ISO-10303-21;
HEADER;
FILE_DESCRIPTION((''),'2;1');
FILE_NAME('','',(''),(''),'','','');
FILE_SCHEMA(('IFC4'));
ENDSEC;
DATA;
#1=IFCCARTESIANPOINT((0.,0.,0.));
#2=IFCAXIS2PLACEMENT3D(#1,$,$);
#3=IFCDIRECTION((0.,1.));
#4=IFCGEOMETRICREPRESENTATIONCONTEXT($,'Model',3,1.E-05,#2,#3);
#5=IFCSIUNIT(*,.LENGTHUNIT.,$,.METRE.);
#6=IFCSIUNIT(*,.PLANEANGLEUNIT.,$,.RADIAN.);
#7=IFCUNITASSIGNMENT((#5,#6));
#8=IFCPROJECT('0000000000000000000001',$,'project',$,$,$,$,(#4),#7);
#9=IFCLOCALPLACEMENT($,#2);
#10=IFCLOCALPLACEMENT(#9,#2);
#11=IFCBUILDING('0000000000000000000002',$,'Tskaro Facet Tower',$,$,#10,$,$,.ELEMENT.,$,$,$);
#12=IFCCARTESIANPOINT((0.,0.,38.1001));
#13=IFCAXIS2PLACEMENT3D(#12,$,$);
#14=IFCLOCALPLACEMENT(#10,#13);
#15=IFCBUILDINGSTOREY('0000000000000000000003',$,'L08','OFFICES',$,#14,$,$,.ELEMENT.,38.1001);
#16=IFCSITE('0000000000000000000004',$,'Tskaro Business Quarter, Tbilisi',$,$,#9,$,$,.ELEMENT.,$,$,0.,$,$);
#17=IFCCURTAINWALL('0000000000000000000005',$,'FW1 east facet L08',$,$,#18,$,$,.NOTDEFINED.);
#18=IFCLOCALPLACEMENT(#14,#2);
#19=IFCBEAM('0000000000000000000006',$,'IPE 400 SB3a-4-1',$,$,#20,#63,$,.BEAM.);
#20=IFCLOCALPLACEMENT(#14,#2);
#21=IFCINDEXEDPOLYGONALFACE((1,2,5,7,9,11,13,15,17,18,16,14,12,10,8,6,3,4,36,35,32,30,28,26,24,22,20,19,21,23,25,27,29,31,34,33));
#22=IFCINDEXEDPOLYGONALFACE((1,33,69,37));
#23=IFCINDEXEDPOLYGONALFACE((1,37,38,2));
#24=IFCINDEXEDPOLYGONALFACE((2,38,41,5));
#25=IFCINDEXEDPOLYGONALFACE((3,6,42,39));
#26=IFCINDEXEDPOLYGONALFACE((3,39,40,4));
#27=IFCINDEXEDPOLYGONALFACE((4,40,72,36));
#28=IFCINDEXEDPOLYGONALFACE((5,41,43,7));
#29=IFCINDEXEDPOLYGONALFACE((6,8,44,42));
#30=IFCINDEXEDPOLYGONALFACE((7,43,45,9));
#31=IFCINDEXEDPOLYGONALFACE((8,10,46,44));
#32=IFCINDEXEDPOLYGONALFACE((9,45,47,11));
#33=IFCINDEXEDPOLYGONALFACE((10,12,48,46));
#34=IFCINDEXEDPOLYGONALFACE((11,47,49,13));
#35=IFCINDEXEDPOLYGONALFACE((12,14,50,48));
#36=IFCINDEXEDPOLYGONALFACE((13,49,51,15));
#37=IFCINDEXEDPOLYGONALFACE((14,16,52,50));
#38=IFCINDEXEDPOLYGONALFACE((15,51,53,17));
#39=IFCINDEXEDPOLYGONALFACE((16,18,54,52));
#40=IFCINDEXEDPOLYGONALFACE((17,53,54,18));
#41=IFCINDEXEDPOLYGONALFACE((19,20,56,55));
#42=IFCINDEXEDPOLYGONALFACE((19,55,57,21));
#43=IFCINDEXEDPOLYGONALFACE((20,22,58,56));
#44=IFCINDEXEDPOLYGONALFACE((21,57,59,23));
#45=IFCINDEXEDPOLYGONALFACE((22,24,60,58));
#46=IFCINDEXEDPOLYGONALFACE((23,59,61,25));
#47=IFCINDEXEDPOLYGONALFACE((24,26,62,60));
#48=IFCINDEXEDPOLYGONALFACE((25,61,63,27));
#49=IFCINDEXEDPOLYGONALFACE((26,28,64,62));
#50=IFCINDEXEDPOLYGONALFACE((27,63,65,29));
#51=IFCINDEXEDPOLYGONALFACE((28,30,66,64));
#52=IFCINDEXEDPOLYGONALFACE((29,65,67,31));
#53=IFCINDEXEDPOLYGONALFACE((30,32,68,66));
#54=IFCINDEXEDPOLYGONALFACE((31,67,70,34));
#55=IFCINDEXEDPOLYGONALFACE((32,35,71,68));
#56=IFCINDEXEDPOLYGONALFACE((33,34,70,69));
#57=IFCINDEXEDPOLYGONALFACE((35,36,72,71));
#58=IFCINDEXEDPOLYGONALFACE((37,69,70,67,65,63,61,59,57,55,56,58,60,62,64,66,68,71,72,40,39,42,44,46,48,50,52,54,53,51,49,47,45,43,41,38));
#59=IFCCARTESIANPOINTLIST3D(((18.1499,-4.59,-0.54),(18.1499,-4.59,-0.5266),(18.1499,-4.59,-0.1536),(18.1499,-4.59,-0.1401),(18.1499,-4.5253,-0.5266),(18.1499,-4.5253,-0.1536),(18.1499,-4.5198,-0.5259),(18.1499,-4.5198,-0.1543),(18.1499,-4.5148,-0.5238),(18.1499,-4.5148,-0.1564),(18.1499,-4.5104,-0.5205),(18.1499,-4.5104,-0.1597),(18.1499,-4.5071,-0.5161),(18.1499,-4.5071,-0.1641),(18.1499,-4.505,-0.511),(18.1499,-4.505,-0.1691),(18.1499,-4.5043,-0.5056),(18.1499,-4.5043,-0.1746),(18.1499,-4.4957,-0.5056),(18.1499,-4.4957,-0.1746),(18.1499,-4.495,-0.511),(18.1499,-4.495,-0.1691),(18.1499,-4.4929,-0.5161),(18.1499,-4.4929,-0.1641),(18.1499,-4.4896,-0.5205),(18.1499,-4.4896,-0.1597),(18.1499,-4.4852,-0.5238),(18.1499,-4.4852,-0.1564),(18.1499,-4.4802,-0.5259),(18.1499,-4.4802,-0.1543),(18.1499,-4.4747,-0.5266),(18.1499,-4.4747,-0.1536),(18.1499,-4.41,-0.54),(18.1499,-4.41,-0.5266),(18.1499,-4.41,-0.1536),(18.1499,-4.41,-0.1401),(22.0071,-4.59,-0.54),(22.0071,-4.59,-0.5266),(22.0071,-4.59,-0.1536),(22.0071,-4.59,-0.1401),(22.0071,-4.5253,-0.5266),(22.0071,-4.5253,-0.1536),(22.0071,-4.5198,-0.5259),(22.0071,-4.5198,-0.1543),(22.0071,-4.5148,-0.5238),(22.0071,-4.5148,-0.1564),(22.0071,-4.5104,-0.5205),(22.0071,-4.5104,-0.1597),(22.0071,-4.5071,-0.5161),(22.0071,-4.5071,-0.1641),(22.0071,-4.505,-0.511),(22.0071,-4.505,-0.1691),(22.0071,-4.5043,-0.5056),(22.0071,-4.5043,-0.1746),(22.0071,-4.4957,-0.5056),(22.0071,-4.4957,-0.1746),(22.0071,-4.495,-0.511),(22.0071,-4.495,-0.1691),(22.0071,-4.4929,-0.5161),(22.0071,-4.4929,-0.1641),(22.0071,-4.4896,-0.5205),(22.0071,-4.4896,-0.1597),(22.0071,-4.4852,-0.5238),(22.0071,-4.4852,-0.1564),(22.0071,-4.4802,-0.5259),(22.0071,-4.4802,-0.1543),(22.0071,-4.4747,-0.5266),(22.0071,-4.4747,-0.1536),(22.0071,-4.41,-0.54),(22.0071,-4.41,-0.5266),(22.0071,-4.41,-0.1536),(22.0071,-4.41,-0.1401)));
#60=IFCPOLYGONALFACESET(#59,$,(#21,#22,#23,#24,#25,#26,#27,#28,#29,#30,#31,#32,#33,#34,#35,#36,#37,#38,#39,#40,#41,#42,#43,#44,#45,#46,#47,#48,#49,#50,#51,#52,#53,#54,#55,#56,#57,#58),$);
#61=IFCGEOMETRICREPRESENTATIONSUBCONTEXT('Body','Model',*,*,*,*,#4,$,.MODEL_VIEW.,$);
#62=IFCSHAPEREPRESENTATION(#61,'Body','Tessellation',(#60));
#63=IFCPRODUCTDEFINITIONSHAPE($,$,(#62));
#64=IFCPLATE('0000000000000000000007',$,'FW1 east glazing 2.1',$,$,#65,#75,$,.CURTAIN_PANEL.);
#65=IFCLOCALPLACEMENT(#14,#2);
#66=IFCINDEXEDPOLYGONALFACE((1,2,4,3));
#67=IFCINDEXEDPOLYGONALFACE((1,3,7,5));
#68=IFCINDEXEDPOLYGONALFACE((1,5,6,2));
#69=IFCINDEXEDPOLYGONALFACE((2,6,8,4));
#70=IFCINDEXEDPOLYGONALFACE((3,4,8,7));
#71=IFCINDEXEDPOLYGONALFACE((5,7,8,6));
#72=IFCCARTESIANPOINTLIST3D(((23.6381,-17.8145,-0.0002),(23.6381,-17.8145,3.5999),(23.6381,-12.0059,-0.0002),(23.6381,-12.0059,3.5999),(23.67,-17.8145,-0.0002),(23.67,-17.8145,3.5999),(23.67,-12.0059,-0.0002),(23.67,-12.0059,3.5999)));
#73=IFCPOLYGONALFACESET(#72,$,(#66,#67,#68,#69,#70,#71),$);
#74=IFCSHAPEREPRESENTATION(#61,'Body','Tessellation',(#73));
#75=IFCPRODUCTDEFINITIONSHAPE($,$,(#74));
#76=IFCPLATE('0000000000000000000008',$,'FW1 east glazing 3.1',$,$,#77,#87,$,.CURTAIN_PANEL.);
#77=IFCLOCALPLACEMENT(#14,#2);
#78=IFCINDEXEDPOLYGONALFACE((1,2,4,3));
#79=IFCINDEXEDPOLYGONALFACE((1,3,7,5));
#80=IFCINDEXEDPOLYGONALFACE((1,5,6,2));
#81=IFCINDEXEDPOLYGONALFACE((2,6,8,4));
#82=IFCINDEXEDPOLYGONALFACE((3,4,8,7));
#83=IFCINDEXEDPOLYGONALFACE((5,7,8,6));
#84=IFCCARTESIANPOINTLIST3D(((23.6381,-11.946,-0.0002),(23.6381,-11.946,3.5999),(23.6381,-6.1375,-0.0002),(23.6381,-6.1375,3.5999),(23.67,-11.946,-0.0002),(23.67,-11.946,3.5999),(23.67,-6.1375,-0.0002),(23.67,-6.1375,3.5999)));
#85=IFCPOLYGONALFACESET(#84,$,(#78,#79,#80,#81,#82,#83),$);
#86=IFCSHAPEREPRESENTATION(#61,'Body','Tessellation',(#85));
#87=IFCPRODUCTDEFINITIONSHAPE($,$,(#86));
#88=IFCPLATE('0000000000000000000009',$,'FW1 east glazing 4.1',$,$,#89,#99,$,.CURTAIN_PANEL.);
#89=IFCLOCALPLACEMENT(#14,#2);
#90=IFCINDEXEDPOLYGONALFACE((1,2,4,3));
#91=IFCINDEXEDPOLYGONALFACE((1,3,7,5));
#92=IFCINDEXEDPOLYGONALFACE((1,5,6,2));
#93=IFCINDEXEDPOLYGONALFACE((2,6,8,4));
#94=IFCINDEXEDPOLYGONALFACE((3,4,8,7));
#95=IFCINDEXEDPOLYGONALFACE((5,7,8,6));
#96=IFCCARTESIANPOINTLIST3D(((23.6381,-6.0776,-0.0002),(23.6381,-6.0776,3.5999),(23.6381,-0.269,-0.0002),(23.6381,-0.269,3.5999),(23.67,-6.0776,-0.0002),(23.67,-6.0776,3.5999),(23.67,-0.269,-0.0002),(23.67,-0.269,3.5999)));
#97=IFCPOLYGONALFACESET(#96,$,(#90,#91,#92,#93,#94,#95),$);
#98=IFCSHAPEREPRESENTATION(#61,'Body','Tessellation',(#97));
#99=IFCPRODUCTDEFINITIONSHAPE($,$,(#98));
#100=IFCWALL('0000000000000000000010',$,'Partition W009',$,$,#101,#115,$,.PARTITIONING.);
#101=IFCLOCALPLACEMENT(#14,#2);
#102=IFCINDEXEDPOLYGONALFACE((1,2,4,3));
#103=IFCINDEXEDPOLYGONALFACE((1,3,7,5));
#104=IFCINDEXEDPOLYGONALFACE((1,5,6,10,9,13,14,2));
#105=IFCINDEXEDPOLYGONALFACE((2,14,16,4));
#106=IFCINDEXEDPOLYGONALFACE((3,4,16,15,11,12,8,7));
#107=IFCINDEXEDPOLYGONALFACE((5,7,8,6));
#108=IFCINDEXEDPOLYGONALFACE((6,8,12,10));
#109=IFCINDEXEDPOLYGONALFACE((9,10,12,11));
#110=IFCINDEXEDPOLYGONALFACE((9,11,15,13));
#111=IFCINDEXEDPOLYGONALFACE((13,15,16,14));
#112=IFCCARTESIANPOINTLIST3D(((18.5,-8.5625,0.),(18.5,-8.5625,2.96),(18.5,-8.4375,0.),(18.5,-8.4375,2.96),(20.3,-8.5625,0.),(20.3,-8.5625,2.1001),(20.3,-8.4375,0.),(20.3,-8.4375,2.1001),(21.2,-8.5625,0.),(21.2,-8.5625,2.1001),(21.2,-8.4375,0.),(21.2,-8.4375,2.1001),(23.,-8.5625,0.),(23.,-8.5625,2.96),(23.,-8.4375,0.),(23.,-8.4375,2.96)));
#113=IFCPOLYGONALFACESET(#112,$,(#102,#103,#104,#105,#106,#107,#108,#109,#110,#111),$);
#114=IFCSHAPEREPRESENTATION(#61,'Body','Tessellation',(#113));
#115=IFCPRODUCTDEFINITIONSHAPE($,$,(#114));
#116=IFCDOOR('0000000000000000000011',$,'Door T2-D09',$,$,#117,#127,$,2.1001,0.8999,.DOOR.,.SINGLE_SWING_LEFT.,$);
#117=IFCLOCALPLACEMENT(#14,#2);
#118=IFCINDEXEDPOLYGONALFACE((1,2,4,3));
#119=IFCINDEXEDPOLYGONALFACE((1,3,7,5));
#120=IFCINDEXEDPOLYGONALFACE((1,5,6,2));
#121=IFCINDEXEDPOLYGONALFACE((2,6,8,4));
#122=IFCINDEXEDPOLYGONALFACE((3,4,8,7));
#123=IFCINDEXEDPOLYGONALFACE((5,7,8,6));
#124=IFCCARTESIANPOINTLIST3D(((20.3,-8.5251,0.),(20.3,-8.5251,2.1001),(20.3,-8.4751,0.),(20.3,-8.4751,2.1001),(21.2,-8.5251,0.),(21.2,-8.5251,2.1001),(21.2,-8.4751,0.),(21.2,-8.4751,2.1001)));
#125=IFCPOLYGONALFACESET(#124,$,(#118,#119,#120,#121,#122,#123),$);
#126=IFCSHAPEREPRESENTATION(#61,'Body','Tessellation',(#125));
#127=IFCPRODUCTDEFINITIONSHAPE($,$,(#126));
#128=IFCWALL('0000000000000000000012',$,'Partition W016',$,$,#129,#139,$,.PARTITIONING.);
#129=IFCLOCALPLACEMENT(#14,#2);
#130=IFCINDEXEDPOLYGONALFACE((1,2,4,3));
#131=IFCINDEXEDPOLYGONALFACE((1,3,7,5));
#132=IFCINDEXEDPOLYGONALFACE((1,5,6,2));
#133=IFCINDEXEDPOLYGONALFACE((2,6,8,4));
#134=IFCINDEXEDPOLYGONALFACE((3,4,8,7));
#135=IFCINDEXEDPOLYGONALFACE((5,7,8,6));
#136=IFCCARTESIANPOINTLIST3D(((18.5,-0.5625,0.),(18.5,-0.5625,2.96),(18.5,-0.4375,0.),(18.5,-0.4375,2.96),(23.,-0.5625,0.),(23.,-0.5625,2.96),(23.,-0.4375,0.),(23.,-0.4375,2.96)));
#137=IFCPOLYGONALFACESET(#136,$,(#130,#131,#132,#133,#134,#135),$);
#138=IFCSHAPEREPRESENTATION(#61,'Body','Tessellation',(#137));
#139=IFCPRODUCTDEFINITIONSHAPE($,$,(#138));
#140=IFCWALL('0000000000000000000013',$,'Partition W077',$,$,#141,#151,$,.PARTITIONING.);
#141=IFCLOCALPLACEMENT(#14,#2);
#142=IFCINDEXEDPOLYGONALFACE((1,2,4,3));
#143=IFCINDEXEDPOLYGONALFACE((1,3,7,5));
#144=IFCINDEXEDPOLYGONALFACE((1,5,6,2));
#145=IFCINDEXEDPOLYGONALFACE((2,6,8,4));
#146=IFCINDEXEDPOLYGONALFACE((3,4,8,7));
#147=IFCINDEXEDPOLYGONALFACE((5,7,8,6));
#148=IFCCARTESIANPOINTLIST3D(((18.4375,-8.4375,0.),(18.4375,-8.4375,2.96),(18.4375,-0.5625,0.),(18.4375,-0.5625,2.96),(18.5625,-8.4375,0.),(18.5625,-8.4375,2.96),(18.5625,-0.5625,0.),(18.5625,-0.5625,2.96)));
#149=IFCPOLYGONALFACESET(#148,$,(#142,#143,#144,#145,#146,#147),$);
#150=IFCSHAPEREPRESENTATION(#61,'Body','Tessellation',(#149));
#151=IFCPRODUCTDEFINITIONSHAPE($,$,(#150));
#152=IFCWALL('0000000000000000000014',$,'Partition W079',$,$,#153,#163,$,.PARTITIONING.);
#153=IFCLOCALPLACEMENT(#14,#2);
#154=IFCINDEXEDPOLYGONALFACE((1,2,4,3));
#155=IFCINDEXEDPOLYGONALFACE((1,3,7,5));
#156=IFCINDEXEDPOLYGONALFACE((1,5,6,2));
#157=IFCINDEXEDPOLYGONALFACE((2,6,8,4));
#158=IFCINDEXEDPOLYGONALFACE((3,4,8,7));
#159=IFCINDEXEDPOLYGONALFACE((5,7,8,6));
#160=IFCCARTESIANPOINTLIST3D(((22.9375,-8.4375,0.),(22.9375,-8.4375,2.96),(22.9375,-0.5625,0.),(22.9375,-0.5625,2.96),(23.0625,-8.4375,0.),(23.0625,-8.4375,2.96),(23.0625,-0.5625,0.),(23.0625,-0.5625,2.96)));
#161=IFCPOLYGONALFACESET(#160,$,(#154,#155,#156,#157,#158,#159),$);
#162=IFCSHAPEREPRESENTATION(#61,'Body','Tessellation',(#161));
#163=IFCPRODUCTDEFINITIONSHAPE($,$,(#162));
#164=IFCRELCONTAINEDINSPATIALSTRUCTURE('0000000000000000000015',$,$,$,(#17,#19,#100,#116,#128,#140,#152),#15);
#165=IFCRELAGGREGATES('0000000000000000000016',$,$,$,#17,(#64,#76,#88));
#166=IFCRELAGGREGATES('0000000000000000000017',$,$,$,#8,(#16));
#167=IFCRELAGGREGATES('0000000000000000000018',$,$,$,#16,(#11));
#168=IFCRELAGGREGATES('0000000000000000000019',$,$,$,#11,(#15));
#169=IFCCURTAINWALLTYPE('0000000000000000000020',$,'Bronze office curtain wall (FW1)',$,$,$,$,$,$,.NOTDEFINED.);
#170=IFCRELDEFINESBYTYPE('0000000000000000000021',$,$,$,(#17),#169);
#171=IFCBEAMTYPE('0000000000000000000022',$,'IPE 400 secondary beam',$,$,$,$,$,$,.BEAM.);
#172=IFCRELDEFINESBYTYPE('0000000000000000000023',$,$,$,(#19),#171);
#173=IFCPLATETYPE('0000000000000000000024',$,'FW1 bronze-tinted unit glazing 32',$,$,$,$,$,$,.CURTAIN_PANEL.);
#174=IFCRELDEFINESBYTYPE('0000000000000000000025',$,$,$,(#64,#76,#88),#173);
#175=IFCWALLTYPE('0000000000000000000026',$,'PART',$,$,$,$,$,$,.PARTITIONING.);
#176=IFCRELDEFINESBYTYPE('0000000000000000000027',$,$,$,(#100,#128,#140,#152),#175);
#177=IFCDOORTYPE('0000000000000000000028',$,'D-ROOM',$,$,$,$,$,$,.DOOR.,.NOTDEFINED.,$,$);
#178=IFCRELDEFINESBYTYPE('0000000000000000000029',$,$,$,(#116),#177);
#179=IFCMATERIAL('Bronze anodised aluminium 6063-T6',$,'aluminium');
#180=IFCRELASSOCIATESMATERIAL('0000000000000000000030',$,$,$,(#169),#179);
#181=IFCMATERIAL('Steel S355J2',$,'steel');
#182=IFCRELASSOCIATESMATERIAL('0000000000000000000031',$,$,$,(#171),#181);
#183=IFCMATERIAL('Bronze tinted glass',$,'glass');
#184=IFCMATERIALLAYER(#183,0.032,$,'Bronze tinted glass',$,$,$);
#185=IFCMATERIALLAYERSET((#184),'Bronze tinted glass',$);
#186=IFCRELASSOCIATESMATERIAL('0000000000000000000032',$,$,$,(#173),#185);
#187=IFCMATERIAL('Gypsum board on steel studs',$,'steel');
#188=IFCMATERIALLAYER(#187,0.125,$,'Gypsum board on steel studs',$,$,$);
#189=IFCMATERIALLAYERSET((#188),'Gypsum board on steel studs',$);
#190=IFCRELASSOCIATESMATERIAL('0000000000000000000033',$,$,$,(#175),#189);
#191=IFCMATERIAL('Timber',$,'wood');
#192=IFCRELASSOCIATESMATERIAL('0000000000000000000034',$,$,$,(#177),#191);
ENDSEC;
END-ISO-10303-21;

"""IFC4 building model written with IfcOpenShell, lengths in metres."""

from ifc_helpers import new_model, si_unit, direction, frame, frame_2d, origin, origin_2d, place, context, subcontext, project, spatial, rectangle, i_section, extrude, material, layer, layer_set, material_profile, profile_set, type_object, element, fill, aggregate, save


model = new_model("IFC4")

# Units and contexts
model_context = context("Model", 3, precision=1e-05, world=origin(), true_north=direction((0.0, 1.0)))
body_context = subcontext(model_context, "Body", "Model", "MODEL_VIEW")
ifc_project = project(units=[si_unit("LENGTHUNIT", "METRE"), si_unit("PLANEANGLEUNIT", "RADIAN")], contexts=[model_context])

# Site, building, storey
site_placement = place(None, origin())
site = spatial("IfcSite", under=ifc_project, at=site_placement, Name="Tskaro Business Quarter, Tbilisi", CompositionType="ELEMENT", RefElevation=0.0)
building_placement = place(site_placement, origin())
building = spatial("IfcBuilding", under=site, at=building_placement, Name="Tskaro Facet Tower", CompositionType="ELEMENT")
storey_placement = place(building_placement, frame((0.0, 0.0, 38.1001)))
storey = spatial("IfcBuildingStorey", under=building, at=storey_placement, Name="L08", Description="OFFICES", CompositionType="ELEMENT", Elevation=38.1001)

# Curtain wall
ifc_material_1 = material(Name="Bronze anodised aluminium 6063-T6", Category="aluminium")
curtain_wall_type = type_object("IfcCurtainWallType", Name="Bronze office curtain wall (FW1)", PredefinedType="NOTDEFINED", material=ifc_material_1)
curtain_wall_placement = place(storey_placement, origin())
curtain_wall = element("IfcCurtainWall", 1, at=curtain_wall_placement, inside=storey, type_object=curtain_wall_type, Name="FW1 east facet L08", PredefinedType="NOTDEFINED")

# Beam
ifc_material_2 = material(Name="Steel S355J2", Category="steel")
ifc_material_profile_1 = material_profile(ifc_material_2, i_section(OverallWidth=0.1799, OverallDepth=0.3999, WebThickness=0.0085, FlangeThickness=0.0134, FilletRadius=0.021, at=origin_2d()), Name="IPE 400")
ifc_profile_set_1 = profile_set([ifc_material_profile_1], Name="Steel S355J2")
beam_type_1 = type_object("IfcBeamType", Name="IPE 400 secondary beam", PredefinedType="BEAM", material=ifc_profile_set_1)
for number, where, z_axis, x_axis, name in (
    (2, (18.1499, -4.5, -0.3401), (1.0, 0.0, 0.0), (0.0, 1.0, 0.0), "IPE 400 SB3a-4-1"),
):
    element("IfcBeam", number, at=place(storey_placement, frame(where, z_axis=z_axis, x_axis=x_axis)), inside=storey, type_object=beam_type_1, Name=name, PredefinedType="BEAM", context=body_context, shape_type="SweptSolid", body=[
        extrude(i_section(OverallWidth=0.1799, OverallDepth=0.3999, WebThickness=0.0085, FlangeThickness=0.0134, FilletRadius=0.021, at=origin_2d()), origin(), (0.0, 0.0, 1.0), 3.8572),
    ])

# Plates
ifc_material_3 = material(Name="Bronze tinted glass", Category="glass")
ifc_layer_1 = layer(ifc_material_3, 0.032, Name="Bronze tinted glass")
ifc_layer_set_1 = layer_set([ifc_layer_1], Name="Bronze tinted glass")
plate_type = type_object("IfcPlateType", Name="FW1 bronze-tinted unit glazing 32", PredefinedType="CURTAIN_PANEL", material=ifc_layer_set_1)
plate_1_placement = place(storey_placement, frame((23.6541, -14.9102, -0.0002), z_axis=(0.0, 0.0, 1.0), x_axis=(0.0, 1.0, 0.0)))
plate_1 = element("IfcPlate", 3, at=plate_1_placement, type_object=plate_type, Name="FW1 east glazing 2.1", PredefinedType="CURTAIN_PANEL", context=body_context, shape_type="SweptSolid", body=[
    extrude(rectangle(XDim=5.8086, YDim=0.032, at=origin_2d()), origin(), (0.0, 0.0, 1.0), 3.6001),
])
plate_2_placement = place(storey_placement, frame((23.6541, -9.0417, -0.0002), z_axis=(0.0, 0.0, 1.0), x_axis=(0.0, 1.0, 0.0)))
plate_2 = element("IfcPlate", 4, at=plate_2_placement, type_object=plate_type, Name="FW1 east glazing 3.1", PredefinedType="CURTAIN_PANEL", context=body_context, shape_type="SweptSolid", body=[
    extrude(rectangle(XDim=5.8086, YDim=0.032, at=origin_2d()), origin(), (0.0, 0.0, 1.0), 3.6001),
])
plate_3_placement = place(storey_placement, frame((23.6541, -3.1733, -0.0002), z_axis=(0.0, 0.0, 1.0), x_axis=(0.0, 1.0, 0.0)))
plate_3 = element("IfcPlate", 5, at=plate_3_placement, type_object=plate_type, Name="FW1 east glazing 4.1", PredefinedType="CURTAIN_PANEL", context=body_context, shape_type="SweptSolid", body=[
    extrude(rectangle(XDim=5.8086, YDim=0.032, at=origin_2d()), origin(), (0.0, 0.0, 1.0), 3.6001),
])
aggregate(curtain_wall, [plate_1, plate_2, plate_3])

# Wall, opening, door
ifc_material_4 = material(Name="Gypsum board on steel studs", Category="steel")
ifc_layer_2 = layer(ifc_material_4, 0.125, Name="Gypsum board on steel studs")
ifc_layer_set_2 = layer_set([ifc_layer_2], Name="Gypsum board on steel studs")
wall_type_1 = type_object("IfcWallType", Name="PART", PredefinedType="PARTITIONING", material=ifc_layer_set_2)
wall_1_placement = place(storey_placement, frame((18.5, -8.5, 0.0), z_axis=(0.0, 0.0, 1.0), x_axis=(1.0, 0.0, 0.0)))
wall_1 = element("IfcWall", 6, at=wall_1_placement, inside=storey, type_object=wall_type_1, Name="Partition W009", PredefinedType="PARTITIONING", context=body_context, shape_type="SweptSolid", body=[
    extrude(rectangle(XDim=4.5, YDim=0.125, at=frame_2d((2.25, 0.0))), origin(), (0.0, 0.0, 1.0), 2.96),
])
opening_1_placement = place(wall_1_placement, frame((1.8, 0.0, 0.0)))
opening_1 = element("IfcOpeningElement", 7, at=opening_1_placement, cuts=wall_1, PredefinedType="OPENING", context=body_context, shape_type="SweptSolid", body=[
    extrude(rectangle(XDim=0.8999, YDim=2.1001, at=frame_2d((0.45, 1.05))), frame((0.0, 0.0725, 0.0), z_axis=(0.0, -1.0, 0.0), x_axis=(1.0, 0.0, 0.0)), (0.0, 0.0, 1.0), 0.145),
])
ifc_material_5 = material(Name="Timber", Category="wood")
door_type_1 = type_object("IfcDoorType", Name="D-ROOM", OperationType="NOTDEFINED", PredefinedType="DOOR", material=ifc_material_5)
door_1_placement = place(opening_1_placement, origin())
door_1 = element("IfcDoor", 8, at=door_1_placement, inside=storey, type_object=door_type_1, Name="Door T2-D09", OperationType="SINGLE_SWING_LEFT", OverallHeight=2.1001, OverallWidth=0.8999, PredefinedType="DOOR", context=body_context, shape_type="SweptSolid", body=[
    extrude(rectangle(XDim=0.8999, YDim=2.1001, at=frame_2d((0.45, 1.05))), frame((0.0, 0.0249, 0.0), z_axis=(0.0, -1.0, 0.0), x_axis=(1.0, 0.0, 0.0)), (0.0, 0.0, 1.0), 0.05),
])
fill(opening_1, door_1)

# Walls
wall_2_placement = place(storey_placement, frame((18.5, -0.5, 0.0), z_axis=(0.0, 0.0, 1.0), x_axis=(1.0, 0.0, 0.0)))
element("IfcWall", 9, at=wall_2_placement, inside=storey, type_object=wall_type_1, Name="Partition W016", PredefinedType="PARTITIONING", context=body_context, shape_type="SweptSolid", body=[
    extrude(rectangle(XDim=4.5, YDim=0.125, at=frame_2d((2.25, 0.0))), origin(), (0.0, 0.0, 1.0), 2.96),
])
for number, where, z_axis, x_axis, name in (
    (10, (18.5, -8.4375, 0.0), (0.0, 0.0, 1.0), (0.0, 1.0, 0.0), "Partition W077"),
    (11, (23.0, -8.4375, 0.0), (0.0, 0.0, 1.0), (0.0, 1.0, 0.0), "Partition W079"),
):
    element("IfcWall", number, at=place(storey_placement, frame(where, z_axis=z_axis, x_axis=x_axis)), inside=storey, type_object=wall_type_1, Name=name, PredefinedType="PARTITIONING", context=body_context, shape_type="SweptSolid", body=[
        extrude(rectangle(XDim=7.875, YDim=0.125, at=frame_2d((3.9375, 0.0))), origin(), (0.0, 0.0, 1.0), 2.96),
    ])

save(model, "model.ifc")
